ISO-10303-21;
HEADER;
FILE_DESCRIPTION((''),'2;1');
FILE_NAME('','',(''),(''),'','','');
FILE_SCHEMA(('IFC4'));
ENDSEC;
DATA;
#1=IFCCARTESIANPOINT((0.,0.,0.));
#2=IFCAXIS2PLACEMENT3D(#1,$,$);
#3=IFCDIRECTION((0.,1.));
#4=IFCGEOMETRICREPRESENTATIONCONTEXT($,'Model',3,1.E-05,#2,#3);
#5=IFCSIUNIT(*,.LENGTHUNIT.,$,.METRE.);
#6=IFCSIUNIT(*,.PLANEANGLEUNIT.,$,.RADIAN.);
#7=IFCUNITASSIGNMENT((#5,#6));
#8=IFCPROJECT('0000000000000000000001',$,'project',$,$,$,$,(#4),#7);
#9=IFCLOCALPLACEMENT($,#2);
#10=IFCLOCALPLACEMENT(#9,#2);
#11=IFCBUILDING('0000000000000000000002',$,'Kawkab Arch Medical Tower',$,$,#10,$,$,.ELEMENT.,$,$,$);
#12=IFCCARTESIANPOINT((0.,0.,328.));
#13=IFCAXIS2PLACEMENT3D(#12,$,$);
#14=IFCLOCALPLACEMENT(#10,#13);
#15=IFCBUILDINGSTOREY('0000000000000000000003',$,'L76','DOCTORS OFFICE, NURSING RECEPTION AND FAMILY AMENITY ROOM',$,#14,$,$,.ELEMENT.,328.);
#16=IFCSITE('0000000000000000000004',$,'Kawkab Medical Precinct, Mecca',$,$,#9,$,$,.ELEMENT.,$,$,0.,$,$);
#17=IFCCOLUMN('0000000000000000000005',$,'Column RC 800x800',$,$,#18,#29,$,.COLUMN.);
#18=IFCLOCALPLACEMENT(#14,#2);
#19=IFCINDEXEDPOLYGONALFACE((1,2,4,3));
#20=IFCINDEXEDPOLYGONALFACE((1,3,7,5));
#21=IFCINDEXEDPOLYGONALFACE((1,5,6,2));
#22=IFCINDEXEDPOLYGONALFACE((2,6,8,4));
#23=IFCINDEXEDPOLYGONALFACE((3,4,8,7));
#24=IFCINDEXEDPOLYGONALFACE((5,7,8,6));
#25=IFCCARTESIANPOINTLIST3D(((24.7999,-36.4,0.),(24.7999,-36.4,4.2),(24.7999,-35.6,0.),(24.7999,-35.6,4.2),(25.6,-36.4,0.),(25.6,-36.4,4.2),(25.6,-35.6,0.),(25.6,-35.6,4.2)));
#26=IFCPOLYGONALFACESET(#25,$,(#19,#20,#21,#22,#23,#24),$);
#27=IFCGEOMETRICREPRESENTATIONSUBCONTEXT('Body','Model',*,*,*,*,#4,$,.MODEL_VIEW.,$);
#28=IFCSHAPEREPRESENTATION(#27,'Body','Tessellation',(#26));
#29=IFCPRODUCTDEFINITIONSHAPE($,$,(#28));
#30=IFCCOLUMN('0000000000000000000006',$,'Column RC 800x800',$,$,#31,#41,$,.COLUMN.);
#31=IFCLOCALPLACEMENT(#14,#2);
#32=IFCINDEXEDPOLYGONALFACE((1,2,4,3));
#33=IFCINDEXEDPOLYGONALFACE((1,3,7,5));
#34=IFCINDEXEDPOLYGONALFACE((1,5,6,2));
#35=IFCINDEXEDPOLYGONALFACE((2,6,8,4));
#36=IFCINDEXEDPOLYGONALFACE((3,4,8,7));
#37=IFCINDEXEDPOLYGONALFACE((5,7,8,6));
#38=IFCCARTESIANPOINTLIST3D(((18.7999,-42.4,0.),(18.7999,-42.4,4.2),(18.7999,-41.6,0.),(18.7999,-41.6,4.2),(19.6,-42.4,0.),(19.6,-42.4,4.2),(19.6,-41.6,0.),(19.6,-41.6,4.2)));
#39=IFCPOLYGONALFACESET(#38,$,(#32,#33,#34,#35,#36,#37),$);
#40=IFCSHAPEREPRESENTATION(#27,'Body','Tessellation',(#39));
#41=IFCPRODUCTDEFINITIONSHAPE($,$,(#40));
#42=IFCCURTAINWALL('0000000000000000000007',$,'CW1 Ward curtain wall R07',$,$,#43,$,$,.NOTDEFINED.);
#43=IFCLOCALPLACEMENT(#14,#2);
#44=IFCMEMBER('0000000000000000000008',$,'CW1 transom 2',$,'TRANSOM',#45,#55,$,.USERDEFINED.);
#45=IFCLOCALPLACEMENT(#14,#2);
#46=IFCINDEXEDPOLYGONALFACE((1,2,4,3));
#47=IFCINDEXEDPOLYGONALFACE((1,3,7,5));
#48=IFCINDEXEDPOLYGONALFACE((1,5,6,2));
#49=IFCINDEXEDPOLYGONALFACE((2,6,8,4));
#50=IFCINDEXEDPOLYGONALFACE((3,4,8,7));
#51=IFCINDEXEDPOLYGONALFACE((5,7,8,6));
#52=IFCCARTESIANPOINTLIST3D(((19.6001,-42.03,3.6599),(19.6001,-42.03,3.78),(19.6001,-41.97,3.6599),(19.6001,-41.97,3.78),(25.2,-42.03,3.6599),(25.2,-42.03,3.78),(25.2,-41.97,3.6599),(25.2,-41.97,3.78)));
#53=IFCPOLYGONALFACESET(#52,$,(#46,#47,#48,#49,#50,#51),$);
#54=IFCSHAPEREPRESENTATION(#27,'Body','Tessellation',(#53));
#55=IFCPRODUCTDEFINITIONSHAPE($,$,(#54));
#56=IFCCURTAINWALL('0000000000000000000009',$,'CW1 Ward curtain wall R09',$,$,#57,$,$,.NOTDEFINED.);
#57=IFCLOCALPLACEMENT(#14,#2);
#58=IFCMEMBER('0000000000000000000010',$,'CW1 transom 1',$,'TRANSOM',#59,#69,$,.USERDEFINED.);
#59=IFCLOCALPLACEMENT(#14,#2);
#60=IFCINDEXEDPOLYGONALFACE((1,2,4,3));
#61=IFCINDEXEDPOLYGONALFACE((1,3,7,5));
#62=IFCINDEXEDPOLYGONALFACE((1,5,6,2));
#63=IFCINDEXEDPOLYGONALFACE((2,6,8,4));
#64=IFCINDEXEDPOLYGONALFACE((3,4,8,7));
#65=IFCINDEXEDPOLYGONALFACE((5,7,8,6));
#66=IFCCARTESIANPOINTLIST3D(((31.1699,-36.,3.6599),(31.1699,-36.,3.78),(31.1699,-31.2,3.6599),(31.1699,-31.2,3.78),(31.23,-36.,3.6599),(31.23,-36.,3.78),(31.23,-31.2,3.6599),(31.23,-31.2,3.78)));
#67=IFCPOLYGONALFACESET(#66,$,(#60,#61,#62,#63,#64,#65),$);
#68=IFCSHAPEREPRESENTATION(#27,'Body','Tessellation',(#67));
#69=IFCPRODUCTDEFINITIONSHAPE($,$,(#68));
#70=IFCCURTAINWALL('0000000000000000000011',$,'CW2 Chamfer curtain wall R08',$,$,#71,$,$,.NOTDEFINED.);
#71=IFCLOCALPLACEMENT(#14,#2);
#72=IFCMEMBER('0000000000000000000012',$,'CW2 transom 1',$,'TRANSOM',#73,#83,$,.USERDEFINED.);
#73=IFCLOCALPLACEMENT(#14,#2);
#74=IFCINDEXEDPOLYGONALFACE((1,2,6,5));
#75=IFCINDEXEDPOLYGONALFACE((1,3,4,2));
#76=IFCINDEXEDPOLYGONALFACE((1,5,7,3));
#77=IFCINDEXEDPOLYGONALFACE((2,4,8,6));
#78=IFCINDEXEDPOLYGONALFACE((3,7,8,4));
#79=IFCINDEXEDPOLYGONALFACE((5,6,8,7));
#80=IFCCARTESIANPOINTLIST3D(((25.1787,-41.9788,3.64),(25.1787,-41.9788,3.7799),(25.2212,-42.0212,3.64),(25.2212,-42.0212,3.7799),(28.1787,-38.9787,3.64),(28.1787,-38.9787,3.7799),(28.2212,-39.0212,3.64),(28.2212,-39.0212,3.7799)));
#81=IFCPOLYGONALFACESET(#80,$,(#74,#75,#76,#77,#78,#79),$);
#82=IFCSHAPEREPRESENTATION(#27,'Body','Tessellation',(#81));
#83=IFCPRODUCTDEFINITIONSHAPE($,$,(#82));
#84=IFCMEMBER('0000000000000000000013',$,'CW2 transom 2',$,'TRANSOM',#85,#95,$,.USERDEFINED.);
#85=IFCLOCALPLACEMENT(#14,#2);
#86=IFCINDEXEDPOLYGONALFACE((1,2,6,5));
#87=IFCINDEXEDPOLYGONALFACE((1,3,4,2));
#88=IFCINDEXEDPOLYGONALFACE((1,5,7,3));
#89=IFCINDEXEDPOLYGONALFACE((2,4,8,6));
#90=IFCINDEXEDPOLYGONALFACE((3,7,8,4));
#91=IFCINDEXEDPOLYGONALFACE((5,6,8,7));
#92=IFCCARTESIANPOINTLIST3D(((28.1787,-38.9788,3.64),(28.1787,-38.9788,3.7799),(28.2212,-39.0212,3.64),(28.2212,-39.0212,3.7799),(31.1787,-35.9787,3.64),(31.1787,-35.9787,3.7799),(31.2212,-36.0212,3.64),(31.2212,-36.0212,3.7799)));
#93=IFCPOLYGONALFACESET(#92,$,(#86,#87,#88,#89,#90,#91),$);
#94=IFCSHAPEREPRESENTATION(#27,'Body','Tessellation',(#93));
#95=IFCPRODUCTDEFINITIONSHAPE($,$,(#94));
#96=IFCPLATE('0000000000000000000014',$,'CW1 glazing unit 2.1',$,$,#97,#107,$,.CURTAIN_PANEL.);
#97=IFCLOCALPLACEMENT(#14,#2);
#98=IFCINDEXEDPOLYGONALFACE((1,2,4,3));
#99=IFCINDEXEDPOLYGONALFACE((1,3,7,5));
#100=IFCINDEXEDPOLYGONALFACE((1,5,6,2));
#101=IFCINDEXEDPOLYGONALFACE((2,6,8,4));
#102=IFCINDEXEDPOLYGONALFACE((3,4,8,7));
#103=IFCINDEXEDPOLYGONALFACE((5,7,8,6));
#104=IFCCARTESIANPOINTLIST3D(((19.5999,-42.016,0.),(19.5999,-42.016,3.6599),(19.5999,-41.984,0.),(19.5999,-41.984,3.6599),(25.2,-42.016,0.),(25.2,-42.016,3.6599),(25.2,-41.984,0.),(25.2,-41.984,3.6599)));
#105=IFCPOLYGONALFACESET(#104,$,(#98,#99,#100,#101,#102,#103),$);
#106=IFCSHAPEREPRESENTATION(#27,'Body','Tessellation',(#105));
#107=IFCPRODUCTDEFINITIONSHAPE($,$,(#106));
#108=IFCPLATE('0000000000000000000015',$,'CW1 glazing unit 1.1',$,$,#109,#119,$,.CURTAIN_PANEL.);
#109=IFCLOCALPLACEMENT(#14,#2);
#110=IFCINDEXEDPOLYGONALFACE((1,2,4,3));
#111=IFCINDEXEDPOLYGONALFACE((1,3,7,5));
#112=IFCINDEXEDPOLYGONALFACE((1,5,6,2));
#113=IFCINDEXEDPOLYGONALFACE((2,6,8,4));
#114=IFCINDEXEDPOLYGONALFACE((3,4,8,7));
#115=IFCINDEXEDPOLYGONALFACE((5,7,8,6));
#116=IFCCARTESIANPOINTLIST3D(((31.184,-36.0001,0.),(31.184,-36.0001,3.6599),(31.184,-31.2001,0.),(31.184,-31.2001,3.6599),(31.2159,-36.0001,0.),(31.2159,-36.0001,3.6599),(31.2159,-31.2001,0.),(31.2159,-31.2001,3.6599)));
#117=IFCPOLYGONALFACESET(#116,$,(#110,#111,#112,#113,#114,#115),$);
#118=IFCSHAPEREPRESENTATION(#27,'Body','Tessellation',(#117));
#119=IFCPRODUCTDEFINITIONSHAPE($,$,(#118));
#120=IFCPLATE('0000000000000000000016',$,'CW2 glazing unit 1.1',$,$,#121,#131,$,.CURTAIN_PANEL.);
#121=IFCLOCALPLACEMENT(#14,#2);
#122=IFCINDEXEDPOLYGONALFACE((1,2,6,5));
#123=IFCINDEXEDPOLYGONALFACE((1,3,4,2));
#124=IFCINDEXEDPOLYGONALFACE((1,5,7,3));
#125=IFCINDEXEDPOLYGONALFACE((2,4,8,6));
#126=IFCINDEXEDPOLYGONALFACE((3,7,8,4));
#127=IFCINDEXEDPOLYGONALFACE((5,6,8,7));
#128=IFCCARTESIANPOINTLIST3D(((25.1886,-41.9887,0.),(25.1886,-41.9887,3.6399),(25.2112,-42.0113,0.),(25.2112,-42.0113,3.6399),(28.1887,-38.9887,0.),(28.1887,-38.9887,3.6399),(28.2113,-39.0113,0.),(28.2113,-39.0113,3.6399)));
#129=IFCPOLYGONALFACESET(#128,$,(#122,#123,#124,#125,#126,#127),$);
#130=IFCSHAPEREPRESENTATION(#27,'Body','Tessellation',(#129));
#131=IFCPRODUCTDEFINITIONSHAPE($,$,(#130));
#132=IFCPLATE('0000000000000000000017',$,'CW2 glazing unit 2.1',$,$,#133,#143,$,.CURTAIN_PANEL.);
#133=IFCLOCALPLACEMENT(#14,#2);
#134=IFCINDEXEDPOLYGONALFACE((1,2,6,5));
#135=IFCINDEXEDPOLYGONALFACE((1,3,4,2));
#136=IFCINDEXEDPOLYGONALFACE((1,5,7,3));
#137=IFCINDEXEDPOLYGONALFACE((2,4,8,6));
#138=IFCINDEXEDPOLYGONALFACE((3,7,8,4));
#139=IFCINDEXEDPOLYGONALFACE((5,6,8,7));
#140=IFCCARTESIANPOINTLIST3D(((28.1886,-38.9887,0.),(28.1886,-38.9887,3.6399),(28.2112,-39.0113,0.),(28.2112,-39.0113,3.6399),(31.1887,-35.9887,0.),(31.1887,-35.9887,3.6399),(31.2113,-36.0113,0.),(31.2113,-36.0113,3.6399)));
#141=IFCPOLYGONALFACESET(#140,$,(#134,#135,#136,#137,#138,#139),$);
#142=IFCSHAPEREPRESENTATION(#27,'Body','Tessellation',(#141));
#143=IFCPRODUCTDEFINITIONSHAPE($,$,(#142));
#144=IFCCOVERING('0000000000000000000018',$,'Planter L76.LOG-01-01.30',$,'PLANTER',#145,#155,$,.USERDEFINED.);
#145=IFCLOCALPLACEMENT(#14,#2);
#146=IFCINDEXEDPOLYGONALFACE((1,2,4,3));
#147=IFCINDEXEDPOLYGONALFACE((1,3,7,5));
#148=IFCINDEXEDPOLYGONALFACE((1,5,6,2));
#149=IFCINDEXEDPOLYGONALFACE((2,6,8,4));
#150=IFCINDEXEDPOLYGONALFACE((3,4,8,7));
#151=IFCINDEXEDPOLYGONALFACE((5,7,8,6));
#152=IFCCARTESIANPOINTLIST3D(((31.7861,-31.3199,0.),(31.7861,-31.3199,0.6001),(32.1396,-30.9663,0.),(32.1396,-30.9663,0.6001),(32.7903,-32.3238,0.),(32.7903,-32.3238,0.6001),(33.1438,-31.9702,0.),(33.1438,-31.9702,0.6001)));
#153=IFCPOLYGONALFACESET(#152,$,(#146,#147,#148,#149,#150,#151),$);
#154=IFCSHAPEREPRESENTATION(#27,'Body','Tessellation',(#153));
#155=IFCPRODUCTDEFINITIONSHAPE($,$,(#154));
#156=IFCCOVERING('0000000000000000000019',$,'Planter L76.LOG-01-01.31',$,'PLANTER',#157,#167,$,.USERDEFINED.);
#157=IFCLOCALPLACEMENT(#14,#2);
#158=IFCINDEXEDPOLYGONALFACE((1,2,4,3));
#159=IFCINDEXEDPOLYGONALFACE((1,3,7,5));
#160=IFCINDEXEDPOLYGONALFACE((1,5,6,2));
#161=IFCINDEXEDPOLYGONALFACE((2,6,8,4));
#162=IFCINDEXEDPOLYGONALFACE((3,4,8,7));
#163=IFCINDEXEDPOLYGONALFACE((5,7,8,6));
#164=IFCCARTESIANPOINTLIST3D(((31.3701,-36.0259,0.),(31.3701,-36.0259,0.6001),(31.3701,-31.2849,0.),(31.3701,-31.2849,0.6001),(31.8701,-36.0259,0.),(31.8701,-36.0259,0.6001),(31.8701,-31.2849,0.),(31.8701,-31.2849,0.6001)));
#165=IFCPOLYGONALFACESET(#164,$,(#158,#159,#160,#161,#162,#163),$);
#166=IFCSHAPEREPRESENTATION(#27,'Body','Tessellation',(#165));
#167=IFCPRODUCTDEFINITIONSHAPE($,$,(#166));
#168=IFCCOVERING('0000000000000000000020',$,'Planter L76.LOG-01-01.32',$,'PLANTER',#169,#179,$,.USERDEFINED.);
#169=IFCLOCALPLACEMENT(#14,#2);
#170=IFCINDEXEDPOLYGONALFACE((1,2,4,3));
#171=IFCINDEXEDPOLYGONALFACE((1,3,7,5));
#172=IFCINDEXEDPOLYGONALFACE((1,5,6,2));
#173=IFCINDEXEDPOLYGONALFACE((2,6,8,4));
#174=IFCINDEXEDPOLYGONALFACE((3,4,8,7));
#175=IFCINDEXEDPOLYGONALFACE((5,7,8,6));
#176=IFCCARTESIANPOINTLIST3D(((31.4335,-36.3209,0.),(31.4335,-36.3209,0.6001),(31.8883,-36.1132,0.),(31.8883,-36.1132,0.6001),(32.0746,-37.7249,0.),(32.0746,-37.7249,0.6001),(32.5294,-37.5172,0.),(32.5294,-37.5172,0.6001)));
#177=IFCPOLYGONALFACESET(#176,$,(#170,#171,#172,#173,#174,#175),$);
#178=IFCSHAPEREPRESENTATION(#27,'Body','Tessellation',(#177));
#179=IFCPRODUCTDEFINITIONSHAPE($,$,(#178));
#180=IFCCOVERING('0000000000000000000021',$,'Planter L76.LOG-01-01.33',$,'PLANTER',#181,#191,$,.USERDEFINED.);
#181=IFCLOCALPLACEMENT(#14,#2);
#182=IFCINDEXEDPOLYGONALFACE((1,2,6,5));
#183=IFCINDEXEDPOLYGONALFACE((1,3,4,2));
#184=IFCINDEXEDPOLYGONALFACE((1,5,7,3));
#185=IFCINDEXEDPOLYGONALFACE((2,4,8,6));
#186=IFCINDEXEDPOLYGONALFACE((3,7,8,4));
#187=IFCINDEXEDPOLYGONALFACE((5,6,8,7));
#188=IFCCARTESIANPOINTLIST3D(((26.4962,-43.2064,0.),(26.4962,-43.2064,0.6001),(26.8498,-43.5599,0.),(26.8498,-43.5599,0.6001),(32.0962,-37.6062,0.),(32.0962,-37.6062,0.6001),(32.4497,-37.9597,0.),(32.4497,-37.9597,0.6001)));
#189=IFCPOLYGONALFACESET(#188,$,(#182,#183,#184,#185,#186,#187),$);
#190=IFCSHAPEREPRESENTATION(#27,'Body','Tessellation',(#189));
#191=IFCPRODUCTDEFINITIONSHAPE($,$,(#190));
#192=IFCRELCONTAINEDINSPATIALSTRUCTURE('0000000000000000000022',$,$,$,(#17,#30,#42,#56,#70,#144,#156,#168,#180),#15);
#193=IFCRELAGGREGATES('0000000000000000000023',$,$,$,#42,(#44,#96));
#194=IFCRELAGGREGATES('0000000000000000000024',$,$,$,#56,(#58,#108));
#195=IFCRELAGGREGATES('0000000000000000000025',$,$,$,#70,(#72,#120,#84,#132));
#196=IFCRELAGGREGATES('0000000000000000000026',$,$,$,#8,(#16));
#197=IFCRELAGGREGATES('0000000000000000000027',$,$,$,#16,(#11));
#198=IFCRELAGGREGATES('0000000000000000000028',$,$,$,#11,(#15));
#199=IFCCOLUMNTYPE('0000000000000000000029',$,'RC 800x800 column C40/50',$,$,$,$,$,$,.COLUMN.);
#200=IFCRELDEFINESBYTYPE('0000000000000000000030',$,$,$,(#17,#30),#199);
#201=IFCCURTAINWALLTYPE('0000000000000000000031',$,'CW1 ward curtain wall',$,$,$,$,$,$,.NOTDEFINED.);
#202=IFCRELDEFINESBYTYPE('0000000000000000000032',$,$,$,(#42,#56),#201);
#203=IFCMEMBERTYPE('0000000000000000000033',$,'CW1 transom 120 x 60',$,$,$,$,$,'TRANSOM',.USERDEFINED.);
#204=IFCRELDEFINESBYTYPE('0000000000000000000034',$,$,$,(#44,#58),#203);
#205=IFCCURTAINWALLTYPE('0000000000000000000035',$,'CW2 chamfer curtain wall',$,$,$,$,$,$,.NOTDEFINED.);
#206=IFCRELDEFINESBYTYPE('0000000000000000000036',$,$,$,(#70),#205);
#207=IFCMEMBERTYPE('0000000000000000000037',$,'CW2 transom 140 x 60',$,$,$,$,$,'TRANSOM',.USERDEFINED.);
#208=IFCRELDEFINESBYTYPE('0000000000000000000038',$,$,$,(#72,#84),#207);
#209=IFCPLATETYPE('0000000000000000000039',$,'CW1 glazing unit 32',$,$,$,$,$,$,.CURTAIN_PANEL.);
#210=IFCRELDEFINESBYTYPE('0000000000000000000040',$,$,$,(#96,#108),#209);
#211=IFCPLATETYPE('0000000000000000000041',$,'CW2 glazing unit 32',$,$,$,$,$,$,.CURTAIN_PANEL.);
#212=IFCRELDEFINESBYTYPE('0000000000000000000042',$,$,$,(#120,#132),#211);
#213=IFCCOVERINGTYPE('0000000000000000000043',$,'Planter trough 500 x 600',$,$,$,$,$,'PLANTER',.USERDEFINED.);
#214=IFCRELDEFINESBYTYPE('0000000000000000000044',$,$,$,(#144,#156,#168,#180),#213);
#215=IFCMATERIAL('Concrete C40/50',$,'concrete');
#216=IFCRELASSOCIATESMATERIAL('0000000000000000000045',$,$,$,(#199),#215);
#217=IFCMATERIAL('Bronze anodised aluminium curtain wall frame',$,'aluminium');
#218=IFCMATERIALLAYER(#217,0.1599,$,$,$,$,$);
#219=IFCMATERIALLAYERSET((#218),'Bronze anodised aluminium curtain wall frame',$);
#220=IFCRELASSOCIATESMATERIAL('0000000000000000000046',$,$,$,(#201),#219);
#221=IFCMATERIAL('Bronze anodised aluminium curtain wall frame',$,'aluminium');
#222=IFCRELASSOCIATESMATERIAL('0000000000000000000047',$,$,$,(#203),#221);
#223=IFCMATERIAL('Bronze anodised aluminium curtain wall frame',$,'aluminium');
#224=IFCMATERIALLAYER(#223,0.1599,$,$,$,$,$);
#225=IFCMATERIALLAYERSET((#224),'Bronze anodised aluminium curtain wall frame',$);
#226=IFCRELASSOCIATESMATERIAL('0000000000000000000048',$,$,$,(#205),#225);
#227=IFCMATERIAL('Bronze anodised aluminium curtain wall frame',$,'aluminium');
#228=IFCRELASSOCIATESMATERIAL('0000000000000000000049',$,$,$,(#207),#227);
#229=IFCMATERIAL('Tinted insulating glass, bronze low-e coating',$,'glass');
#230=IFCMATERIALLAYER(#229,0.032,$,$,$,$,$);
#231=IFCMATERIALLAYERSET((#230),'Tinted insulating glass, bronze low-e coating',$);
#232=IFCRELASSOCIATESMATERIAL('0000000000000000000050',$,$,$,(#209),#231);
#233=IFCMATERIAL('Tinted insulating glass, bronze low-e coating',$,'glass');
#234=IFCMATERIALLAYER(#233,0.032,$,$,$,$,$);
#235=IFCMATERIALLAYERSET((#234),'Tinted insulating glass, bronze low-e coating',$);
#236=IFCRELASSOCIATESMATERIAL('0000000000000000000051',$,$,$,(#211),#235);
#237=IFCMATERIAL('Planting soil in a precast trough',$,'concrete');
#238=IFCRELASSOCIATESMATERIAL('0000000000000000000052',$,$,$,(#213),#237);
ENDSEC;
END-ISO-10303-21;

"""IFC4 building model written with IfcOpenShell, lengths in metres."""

from ifc_helpers import new_model, si_unit, direction, frame, origin, origin_2d, place, context, subcontext, project, spatial, rectangle, extrude, material, layer, layer_set, material_profile, profile_set, type_object, element, aggregate, save


model = new_model("IFC4")

# Units and contexts
model_context = context("Model", 3, precision=1e-05, world=origin(), true_north=direction((0.0, 1.0)))
body_context = subcontext(model_context, "Body", "Model", "MODEL_VIEW")
ifc_project = project(units=[si_unit("LENGTHUNIT", "METRE"), si_unit("PLANEANGLEUNIT", "RADIAN")], contexts=[model_context])

# Site, building, storey
site_placement = place(None, origin())
site = spatial("IfcSite", under=ifc_project, at=site_placement, Name="Kawkab Medical Precinct, Mecca", CompositionType="ELEMENT", RefElevation=0.0)
building_placement = place(site_placement, origin())
building = spatial("IfcBuilding", under=site, at=building_placement, Name="Kawkab Arch Medical Tower", CompositionType="ELEMENT")
storey_placement = place(building_placement, frame((0.0, 0.0, 328.0)))
storey = spatial("IfcBuildingStorey", under=building, at=storey_placement, Name="L76", Description="DOCTORS OFFICE, NURSING RECEPTION AND FAMILY AMENITY ROOM", CompositionType="ELEMENT", Elevation=328.0)

# Columns
ifc_material_1 = material(Name="Concrete C40/50", Category="concrete")
ifc_material_profile_1 = material_profile(ifc_material_1, rectangle(XDim=0.8, YDim=0.8, at=origin_2d()), Name="RC 800x800")
ifc_profile_set_1 = profile_set([ifc_material_profile_1], Name="Concrete C40/50")
column_type = type_object("IfcColumnType", Name="RC 800x800 column C40/50", PredefinedType="COLUMN", material=ifc_profile_set_1)
for number, where, z_axis, x_axis, name in (
    (1, (25.2, -36.0, 0.0), (0.0, 0.0, 1.0), (1.0, 0.0, 0.0), "Column RC 800x800"),
    (2, (19.2, -42.0, 0.0), (0.0, 0.0, 1.0), (1.0, 0.0, 0.0), "Column RC 800x800"),
):
    element("IfcColumn", number, at=place(storey_placement, frame(where, z_axis=z_axis, x_axis=x_axis)), inside=storey, type_object=column_type, Name=name, PredefinedType="COLUMN", context=body_context, shape_type="SweptSolid", body=[
        extrude(rectangle(XDim=0.8, YDim=0.8, at=origin_2d()), origin(), (0.0, 0.0, 1.0), 4.2),
    ])

# Curtain walls, members
ifc_material_2 = material(Name="Bronze anodised aluminium curtain wall frame", Category="aluminium")
ifc_layer_1 = layer(ifc_material_2, 0.1599)
ifc_layer_set_1 = layer_set([ifc_layer_1], Name="Bronze anodised aluminium curtain wall frame")
curtain_wall_type_1 = type_object("IfcCurtainWallType", Name="CW1 ward curtain wall", PredefinedType="NOTDEFINED", material=ifc_layer_set_1)
placement = place(storey_placement, origin())
curtain_wall_1 = element("IfcCurtainWall", 3, at=placement, inside=storey, type_object=curtain_wall_type_1, Name="CW1 Ward curtain wall R07", PredefinedType="NOTDEFINED")
ifc_material_3 = material(Name="Bronze anodised aluminium curtain wall frame", Category="aluminium")
ifc_material_profile_2 = material_profile(ifc_material_3, rectangle(XDim=0.0601, YDim=0.1201, at=origin_2d()), Name="AL 60x120")
ifc_profile_set_2 = profile_set([ifc_material_profile_2], Name="Bronze anodised aluminium curtain wall frame")
member_type_1 = type_object("IfcMemberType", Name="CW1 transom 120 x 60", ElementType="TRANSOM", PredefinedType="USERDEFINED", material=ifc_profile_set_2)
member_1_placement = place(storey_placement, frame((19.6001, -42.0, 3.72), z_axis=(1.0, 0.0, 0.0), x_axis=(0.0, 1.0, 0.0)))
member_1 = element("IfcMember", 4, at=member_1_placement, type_object=member_type_1, Name="CW1 transom 2", ObjectType="TRANSOM", PredefinedType="USERDEFINED", context=body_context, shape_type="SweptSolid", body=[
    extrude(rectangle(XDim=0.0601, YDim=0.1201, at=origin_2d()), origin(), (0.0, 0.0, 1.0), 5.5999),
])
curtain_wall_2 = element("IfcCurtainWall", 5, at=placement, inside=storey, type_object=curtain_wall_type_1, Name="CW1 Ward curtain wall R09", PredefinedType="NOTDEFINED")
member_2_placement = place(storey_placement, frame((31.2, -36.0, 3.72), z_axis=(0.0, 1.0, 0.0), x_axis=(-1.0, 0.0, 0.0)))
member_2 = element("IfcMember", 6, at=member_2_placement, type_object=member_type_1, Name="CW1 transom 1", ObjectType="TRANSOM", PredefinedType="USERDEFINED", context=body_context, shape_type="SweptSolid", body=[
    extrude(rectangle(XDim=0.0601, YDim=0.1201, at=origin_2d()), origin(), (0.0, 0.0, 1.0), 4.8),
])

# Curtain wall, members
ifc_material_4 = material(Name="Bronze anodised aluminium curtain wall frame", Category="aluminium")
ifc_layer_2 = layer(ifc_material_4, 0.1599)
ifc_layer_set_2 = layer_set([ifc_layer_2], Name="Bronze anodised aluminium curtain wall frame")
curtain_wall_type_2 = type_object("IfcCurtainWallType", Name="CW2 chamfer curtain wall", PredefinedType="NOTDEFINED", material=ifc_layer_set_2)
curtain_wall_3 = element("IfcCurtainWall", 7, at=placement, inside=storey, type_object=curtain_wall_type_2, Name="CW2 Chamfer curtain wall R08", PredefinedType="NOTDEFINED")
ifc_material_5 = material(Name="Bronze anodised aluminium curtain wall frame", Category="aluminium")
ifc_material_profile_3 = material_profile(ifc_material_5, rectangle(XDim=0.0601, YDim=0.1399, at=origin_2d()), Name="AL 60x140")
ifc_profile_set_3 = profile_set([ifc_material_profile_3], Name="Bronze anodised aluminium curtain wall frame")
member_type_2 = type_object("IfcMemberType", Name="CW2 transom 140 x 60", ElementType="TRANSOM", PredefinedType="USERDEFINED", material=ifc_profile_set_3)
member_3_placement = place(storey_placement, frame((25.2, -42.0, 3.71), z_axis=(0.707107, 0.707107, 0.0), x_axis=(-0.707107, 0.707107, 0.0)))
member_3 = element("IfcMember", 8, at=member_3_placement, type_object=member_type_2, Name="CW2 transom 1", ObjectType="TRANSOM", PredefinedType="USERDEFINED", context=body_context, shape_type="SweptSolid", body=[
    extrude(rectangle(XDim=0.0601, YDim=0.1399, at=origin_2d()), origin(), (0.0, 0.0, 1.0), 4.2427),
])
member_4_placement = place(storey_placement, frame((28.2, -39.0, 3.71), z_axis=(0.707107, 0.707107, 0.0), x_axis=(-0.707107, 0.707107, 0.0)))
member_4 = element("IfcMember", 9, at=member_4_placement, type_object=member_type_2, Name="CW2 transom 2", ObjectType="TRANSOM", PredefinedType="USERDEFINED", context=body_context, shape_type="SweptSolid", body=[
    extrude(rectangle(XDim=0.0601, YDim=0.1399, at=origin_2d()), origin(), (0.0, 0.0, 1.0), 4.2427),
])

# Plates
ifc_material_6 = material(Name="Tinted insulating glass, bronze low-e coating", Category="glass")
ifc_layer_3 = layer(ifc_material_6, 0.032)
ifc_layer_set_3 = layer_set([ifc_layer_3], Name="Tinted insulating glass, bronze low-e coating")
plate_type_1 = type_object("IfcPlateType", Name="CW1 glazing unit 32", PredefinedType="CURTAIN_PANEL", material=ifc_layer_set_3)
plate_1_placement = place(storey_placement, frame((22.3999, -42.0, 0.0), z_axis=(0.0, 0.0, 1.0), x_axis=(1.0, 0.0, 0.0)))
plate_1 = element("IfcPlate", 10, at=plate_1_placement, type_object=plate_type_1, Name="CW1 glazing unit 2.1", PredefinedType="CURTAIN_PANEL", context=body_context, shape_type="SweptSolid", body=[
    extrude(rectangle(XDim=5.6001, YDim=0.032, at=origin_2d()), origin(), (0.0, 0.0, 1.0), 3.6599),
])
aggregate(curtain_wall_1, [member_1, plate_1])
plate_2_placement = place(storey_placement, frame((31.2, -33.6001, 0.0), z_axis=(0.0, 0.0, 1.0), x_axis=(0.0, 1.0, 0.0)))
plate_2 = element("IfcPlate", 11, at=plate_2_placement, type_object=plate_type_1, Name="CW1 glazing unit 1.1", PredefinedType="CURTAIN_PANEL", context=body_context, shape_type="SweptSolid", body=[
    extrude(rectangle(XDim=4.8, YDim=0.032, at=origin_2d()), origin(), (0.0, 0.0, 1.0), 3.6599),
])
aggregate(curtain_wall_2, [member_2, plate_2])
ifc_material_7 = material(Name="Tinted insulating glass, bronze low-e coating", Category="glass")
ifc_layer_4 = layer(ifc_material_7, 0.032)
ifc_layer_set_4 = layer_set([ifc_layer_4], Name="Tinted insulating glass, bronze low-e coating")
plate_type_2 = type_object("IfcPlateType", Name="CW2 glazing unit 32", PredefinedType="CURTAIN_PANEL", material=ifc_layer_set_4)
plate_3_placement = place(storey_placement, frame((26.7, -40.5, 0.0), z_axis=(0.0, 0.0, 1.0), x_axis=(0.707107, 0.707107, 0.0)))
plate_3 = element("IfcPlate", 12, at=plate_3_placement, type_object=plate_type_2, Name="CW2 glazing unit 1.1", PredefinedType="CURTAIN_PANEL", context=body_context, shape_type="SweptSolid", body=[
    extrude(rectangle(XDim=4.2427, YDim=0.032, at=origin_2d()), origin(), (0.0, 0.0, 1.0), 3.6399),
])
plate_4_placement = place(storey_placement, frame((29.7, -37.5, 0.0), z_axis=(0.0, 0.0, 1.0), x_axis=(0.707107, 0.707107, 0.0)))
plate_4 = element("IfcPlate", 13, at=plate_4_placement, type_object=plate_type_2, Name="CW2 glazing unit 2.1", PredefinedType="CURTAIN_PANEL", context=body_context, shape_type="SweptSolid", body=[
    extrude(rectangle(XDim=4.2427, YDim=0.032, at=origin_2d()), origin(), (0.0, 0.0, 1.0), 3.6399),
])
aggregate(curtain_wall_3, [member_3, plate_3, member_4, plate_4])

# Coverings
ifc_material_8 = material(Name="Planting soil in a precast trough", Category="concrete")
ifc_material_profile_4 = material_profile(ifc_material_8, rectangle(XDim=0.5, YDim=0.6001, at=origin_2d()), Name="Trough 500x600")
ifc_profile_set_4 = profile_set([ifc_material_profile_4], Name="Planting soil in a precast trough")
covering_type = type_object("IfcCoveringType", Name="Planter trough 500 x 600", ElementType="PLANTER", PredefinedType="USERDEFINED", material=ifc_profile_set_4)
covering_1_placement = place(storey_placement, frame((32.967, -32.147, 0.3), z_axis=(-0.707193, 0.707021, 0.0), x_axis=(-0.707021, -0.707193, 0.0)))
element("IfcCovering", 14, at=covering_1_placement, inside=storey, type_object=covering_type, Name="Planter L76.LOG-01-01.30", ObjectType="PLANTER", PredefinedType="USERDEFINED", context=body_context, shape_type="SweptSolid", body=[
    extrude(rectangle(XDim=0.5, YDim=0.6001, at=origin_2d()), origin(), (0.0, 0.0, 1.0), 1.4199),
])
covering_2_placement = place(storey_placement, frame((31.6201, -31.2849, 0.3), z_axis=(0.0, -1.0, 0.0), x_axis=(1.0, 0.0, 0.0)))
element("IfcCovering", 15, at=covering_2_placement, inside=storey, type_object=covering_type, Name="Planter L76.LOG-01-01.31", ObjectType="PLANTER", PredefinedType="USERDEFINED", context=body_context, shape_type="SweptSolid", body=[
    extrude(rectangle(XDim=0.5, YDim=0.6001, at=origin_2d()), origin(), (0.0, 0.0, 1.0), 4.741),
])
covering_3_placement = place(storey_placement, frame((31.6609, -36.217, 0.3), z_axis=(0.415363, -0.909656, 0.0), x_axis=(0.909656, 0.415363, 0.0)))
element("IfcCovering", 16, at=covering_3_placement, inside=storey, type_object=covering_type, Name="Planter L76.LOG-01-01.32", ObjectType="PLANTER", PredefinedType="USERDEFINED", context=body_context, shape_type="SweptSolid", body=[
    extrude(rectangle(XDim=0.5, YDim=0.6001, at=origin_2d()), origin(), (0.0, 0.0, 1.0), 1.5435),
])
covering_4_placement = place(storey_placement, frame((32.2729, -37.783, 0.3), z_axis=(-0.707091, -0.707122, 0.0), x_axis=(0.707122, -0.707091, 0.0)))
element("IfcCovering", 17, at=covering_4_placement, inside=storey, type_object=covering_type, Name="Planter L76.LOG-01-01.33", ObjectType="PLANTER", PredefinedType="USERDEFINED", context=body_context, shape_type="SweptSolid", body=[
    extrude(rectangle(XDim=0.5, YDim=0.6001, at=origin_2d()), origin(), (0.0, 0.0, 1.0), 7.9197),
])

save(model, "model.ifc")
